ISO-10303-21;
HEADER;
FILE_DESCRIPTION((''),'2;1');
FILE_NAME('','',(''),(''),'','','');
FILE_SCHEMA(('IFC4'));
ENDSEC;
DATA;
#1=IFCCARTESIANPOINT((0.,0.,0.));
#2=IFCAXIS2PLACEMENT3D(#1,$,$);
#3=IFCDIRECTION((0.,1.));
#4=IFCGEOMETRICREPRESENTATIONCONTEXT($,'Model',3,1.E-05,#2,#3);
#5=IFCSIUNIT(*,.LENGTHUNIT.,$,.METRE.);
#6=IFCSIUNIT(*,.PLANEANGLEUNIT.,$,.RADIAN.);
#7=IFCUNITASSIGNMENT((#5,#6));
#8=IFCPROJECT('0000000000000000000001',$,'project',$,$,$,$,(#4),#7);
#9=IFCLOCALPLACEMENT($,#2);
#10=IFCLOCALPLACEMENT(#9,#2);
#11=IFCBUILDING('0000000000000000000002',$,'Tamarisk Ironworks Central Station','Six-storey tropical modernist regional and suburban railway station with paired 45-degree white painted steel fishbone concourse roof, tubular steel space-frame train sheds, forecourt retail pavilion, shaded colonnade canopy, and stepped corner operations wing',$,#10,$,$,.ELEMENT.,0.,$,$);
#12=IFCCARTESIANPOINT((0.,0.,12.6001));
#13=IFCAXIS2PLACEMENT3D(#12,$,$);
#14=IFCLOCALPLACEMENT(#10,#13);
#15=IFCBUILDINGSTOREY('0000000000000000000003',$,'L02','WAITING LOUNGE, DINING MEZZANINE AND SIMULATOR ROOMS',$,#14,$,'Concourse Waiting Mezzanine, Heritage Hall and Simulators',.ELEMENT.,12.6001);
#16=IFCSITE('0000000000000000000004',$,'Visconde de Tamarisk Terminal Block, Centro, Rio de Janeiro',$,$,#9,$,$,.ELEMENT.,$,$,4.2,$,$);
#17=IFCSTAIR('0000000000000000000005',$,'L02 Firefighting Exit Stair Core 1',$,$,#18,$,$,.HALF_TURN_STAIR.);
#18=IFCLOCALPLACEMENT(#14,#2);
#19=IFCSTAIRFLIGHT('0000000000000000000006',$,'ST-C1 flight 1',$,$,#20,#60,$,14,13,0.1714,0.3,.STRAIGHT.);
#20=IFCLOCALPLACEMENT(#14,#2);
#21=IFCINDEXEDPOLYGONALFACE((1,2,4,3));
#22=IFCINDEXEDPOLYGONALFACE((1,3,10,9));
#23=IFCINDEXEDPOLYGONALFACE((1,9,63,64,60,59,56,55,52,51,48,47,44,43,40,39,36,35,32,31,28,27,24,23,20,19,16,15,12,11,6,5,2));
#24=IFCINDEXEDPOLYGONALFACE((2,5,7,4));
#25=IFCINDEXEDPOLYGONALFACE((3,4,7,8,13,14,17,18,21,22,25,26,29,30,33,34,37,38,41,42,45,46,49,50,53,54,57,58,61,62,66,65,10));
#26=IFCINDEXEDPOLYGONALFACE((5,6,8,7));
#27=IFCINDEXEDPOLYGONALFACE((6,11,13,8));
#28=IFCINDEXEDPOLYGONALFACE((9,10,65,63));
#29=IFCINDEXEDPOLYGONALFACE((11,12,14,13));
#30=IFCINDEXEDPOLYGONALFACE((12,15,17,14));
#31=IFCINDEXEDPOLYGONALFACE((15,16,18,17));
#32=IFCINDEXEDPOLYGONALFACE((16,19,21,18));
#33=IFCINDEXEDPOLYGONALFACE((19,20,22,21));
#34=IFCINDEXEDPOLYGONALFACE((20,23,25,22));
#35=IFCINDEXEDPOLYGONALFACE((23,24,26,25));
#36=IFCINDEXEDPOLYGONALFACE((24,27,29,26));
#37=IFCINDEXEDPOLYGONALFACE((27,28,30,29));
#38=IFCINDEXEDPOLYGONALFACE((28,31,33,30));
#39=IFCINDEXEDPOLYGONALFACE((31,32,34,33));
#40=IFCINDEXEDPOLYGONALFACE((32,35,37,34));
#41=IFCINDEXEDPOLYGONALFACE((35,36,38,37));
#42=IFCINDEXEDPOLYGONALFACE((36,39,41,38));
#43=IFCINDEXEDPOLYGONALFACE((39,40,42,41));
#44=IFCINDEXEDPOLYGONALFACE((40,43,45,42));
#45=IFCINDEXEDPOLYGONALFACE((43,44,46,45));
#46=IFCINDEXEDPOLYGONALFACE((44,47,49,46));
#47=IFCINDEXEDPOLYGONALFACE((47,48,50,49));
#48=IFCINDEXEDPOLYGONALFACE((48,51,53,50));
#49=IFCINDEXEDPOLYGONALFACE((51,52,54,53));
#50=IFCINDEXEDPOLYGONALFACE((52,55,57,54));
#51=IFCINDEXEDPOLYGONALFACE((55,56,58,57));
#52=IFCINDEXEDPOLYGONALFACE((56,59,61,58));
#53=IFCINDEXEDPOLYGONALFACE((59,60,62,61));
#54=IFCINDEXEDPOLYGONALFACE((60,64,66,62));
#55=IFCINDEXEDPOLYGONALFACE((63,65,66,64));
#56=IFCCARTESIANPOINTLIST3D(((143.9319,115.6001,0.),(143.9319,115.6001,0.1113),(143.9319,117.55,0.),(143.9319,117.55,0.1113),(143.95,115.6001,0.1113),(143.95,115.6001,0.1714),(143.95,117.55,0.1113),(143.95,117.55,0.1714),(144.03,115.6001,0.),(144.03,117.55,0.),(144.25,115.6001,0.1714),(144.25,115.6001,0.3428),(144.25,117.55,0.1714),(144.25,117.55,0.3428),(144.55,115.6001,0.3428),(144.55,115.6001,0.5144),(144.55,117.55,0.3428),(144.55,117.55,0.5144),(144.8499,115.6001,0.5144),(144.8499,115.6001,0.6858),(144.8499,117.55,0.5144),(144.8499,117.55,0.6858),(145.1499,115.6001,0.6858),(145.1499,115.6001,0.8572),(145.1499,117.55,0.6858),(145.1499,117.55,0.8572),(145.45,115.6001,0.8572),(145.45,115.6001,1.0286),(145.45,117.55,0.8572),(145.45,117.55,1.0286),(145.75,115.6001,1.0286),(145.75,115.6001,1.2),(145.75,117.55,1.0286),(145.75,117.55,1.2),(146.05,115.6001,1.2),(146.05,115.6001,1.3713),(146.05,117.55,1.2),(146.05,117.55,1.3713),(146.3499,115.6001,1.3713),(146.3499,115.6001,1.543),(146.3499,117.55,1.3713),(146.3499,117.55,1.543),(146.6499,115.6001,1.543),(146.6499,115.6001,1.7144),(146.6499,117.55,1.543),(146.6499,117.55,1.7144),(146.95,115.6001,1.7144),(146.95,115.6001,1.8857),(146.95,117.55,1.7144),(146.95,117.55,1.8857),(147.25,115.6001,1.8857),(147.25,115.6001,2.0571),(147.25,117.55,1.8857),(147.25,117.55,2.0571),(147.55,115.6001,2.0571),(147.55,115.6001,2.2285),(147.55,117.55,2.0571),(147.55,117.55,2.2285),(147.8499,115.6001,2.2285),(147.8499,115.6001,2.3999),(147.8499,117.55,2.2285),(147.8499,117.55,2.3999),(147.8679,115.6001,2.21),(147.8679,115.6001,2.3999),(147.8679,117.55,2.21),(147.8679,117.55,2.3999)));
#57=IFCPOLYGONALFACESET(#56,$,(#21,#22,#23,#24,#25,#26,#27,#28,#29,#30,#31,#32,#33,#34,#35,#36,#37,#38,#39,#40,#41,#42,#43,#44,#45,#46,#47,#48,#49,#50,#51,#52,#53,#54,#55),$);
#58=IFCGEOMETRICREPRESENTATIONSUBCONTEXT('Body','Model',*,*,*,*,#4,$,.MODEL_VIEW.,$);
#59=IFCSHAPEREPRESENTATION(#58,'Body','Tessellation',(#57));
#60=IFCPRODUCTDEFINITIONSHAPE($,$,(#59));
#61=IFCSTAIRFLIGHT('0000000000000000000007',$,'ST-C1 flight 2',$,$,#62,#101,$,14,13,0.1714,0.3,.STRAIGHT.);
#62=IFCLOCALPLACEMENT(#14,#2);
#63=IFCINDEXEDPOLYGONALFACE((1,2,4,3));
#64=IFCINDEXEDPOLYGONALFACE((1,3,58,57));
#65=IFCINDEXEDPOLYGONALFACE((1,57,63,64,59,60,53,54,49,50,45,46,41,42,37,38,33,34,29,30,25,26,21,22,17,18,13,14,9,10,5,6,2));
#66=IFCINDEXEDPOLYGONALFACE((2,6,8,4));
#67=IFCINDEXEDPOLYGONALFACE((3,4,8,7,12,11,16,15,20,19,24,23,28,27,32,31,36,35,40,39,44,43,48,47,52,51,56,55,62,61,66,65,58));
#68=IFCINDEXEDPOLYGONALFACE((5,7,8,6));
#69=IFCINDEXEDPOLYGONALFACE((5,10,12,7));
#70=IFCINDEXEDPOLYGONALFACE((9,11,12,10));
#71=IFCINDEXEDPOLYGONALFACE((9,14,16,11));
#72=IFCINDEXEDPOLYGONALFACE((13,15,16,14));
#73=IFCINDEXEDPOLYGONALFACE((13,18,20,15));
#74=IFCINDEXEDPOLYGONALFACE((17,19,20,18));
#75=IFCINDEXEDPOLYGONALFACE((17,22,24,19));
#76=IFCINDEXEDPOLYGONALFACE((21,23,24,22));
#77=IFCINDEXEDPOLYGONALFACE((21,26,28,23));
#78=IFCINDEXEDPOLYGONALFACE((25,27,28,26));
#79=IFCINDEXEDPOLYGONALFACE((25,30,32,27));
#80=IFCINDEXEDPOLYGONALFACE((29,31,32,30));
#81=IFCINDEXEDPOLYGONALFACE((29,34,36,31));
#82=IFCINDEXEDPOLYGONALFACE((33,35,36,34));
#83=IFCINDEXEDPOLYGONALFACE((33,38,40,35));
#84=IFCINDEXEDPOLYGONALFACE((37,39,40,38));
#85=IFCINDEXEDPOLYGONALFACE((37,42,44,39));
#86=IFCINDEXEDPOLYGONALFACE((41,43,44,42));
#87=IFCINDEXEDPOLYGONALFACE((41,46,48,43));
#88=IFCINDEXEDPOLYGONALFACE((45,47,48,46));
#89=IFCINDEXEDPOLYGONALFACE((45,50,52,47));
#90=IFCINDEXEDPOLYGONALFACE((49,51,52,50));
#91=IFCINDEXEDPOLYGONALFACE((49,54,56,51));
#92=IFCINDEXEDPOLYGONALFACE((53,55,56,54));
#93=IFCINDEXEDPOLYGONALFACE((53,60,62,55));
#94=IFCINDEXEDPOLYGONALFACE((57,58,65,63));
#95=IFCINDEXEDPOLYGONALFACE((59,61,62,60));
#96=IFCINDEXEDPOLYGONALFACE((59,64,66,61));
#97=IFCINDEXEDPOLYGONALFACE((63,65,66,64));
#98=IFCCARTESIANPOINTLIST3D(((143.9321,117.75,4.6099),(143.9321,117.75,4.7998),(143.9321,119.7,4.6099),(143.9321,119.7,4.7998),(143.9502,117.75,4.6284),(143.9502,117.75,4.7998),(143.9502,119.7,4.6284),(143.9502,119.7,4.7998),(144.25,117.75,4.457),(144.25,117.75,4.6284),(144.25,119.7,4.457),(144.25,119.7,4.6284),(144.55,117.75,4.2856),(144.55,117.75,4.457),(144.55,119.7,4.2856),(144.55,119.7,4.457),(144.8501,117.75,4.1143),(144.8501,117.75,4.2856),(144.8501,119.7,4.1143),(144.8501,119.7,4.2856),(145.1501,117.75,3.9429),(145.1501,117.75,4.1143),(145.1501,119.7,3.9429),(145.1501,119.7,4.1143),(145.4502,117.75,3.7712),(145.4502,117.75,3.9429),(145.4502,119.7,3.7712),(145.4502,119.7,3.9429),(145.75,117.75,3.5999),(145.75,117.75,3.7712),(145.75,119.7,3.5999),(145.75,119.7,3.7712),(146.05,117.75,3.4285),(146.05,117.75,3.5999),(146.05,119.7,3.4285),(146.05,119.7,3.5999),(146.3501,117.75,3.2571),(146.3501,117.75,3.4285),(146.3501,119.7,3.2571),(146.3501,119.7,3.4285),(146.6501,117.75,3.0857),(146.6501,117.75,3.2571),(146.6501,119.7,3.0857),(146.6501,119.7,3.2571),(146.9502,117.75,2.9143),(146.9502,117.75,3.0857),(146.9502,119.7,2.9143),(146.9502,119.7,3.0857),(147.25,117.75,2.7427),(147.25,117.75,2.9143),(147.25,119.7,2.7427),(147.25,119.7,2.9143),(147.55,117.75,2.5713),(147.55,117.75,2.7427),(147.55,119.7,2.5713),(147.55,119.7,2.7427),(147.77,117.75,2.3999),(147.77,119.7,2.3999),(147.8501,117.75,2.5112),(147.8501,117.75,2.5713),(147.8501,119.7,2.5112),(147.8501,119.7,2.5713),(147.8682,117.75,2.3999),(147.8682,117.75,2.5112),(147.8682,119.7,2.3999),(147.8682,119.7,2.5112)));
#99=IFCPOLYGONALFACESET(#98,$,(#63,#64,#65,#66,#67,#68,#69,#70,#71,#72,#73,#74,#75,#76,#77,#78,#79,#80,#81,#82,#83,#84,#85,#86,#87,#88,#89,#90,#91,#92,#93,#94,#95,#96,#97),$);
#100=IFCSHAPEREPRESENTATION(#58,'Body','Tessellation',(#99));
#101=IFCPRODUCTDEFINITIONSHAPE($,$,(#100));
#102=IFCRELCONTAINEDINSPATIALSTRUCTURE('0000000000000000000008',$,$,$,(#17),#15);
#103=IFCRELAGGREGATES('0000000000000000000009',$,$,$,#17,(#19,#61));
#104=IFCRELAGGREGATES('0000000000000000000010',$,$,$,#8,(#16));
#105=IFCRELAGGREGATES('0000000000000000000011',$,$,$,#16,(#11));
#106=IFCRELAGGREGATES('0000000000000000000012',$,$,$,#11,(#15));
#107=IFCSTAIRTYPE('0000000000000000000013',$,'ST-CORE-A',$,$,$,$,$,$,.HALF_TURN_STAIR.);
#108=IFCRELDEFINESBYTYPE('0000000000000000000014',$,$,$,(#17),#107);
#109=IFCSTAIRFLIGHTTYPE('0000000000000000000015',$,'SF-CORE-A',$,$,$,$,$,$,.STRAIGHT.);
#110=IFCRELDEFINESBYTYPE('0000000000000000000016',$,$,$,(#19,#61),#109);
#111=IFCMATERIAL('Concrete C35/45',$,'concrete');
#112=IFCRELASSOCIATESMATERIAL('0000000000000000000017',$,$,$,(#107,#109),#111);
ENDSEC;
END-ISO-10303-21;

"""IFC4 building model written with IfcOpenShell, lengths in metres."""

from ifc_helpers import new_model, si_unit, direction, frame, origin, place, context, subcontext, project, spatial, polyline, outline, extrude, material, type_object, element, aggregate, save


model = new_model("IFC4")

# Units and contexts
model_context = context("Model", 3, precision=1e-05, world=origin(), true_north=direction((0.0, 1.0)))
body_context = subcontext(model_context, "Body", "Model", "MODEL_VIEW")
ifc_project = project(units=[si_unit("LENGTHUNIT", "METRE"), si_unit("PLANEANGLEUNIT", "RADIAN")], contexts=[model_context])

# Site, building, storey
site_placement = place(None, origin())
site = spatial("IfcSite", under=ifc_project, at=site_placement, Name="Visconde de Tamarisk Terminal Block, Centro, Rio de Janeiro", CompositionType="ELEMENT", RefElevation=4.2)
building_placement = place(site_placement, origin())
building = spatial("IfcBuilding", under=site, at=building_placement, Name="Tamarisk Ironworks Central Station", Description="Six-storey tropical modernist regional and suburban railway station with paired 45-degree white painted steel fishbone concourse roof, tubular steel space-frame train sheds, forecourt retail pavilion, shaded colonnade canopy, and stepped corner operations wing", CompositionType="ELEMENT", ElevationOfRefHeight=0.0)
storey_placement = place(building_placement, frame((0.0, 0.0, 12.6001)))
storey = spatial("IfcBuildingStorey", under=building, at=storey_placement, Name="L02", Description="WAITING LOUNGE, DINING MEZZANINE AND SIMULATOR ROOMS", LongName="Concourse Waiting Mezzanine, Heritage Hall and Simulators", CompositionType="ELEMENT", Elevation=12.6001)

# Stair, stair flights
ifc_material_1 = material(Name="Concrete C35/45", Category="concrete")
stair_type = type_object("IfcStairType", Name="ST-CORE-A", PredefinedType="HALF_TURN_STAIR", material=ifc_material_1)
stair_placement = place(storey_placement, origin())
stair = element("IfcStair", 1, at=stair_placement, inside=storey, type_object=stair_type, Name="L02 Firefighting Exit Stair Core 1", PredefinedType="HALF_TURN_STAIR")
stair_flight_type = type_object("IfcStairFlightType", Name="SF-CORE-A", PredefinedType="STRAIGHT", material=ifc_material_1)
stair_flight_1_placement = place(storey_placement, frame((143.95, 116.575, 0.0), z_axis=(0.0, 0.0, 1.0), x_axis=(1.0, 0.0, 0.0)))
stair_flight_1 = element("IfcStairFlight", 2, at=stair_flight_1_placement, type_object=stair_flight_type, Name="ST-C1 flight 1", NumberOfRisers=14, NumberOfTreads=13, PredefinedType="STRAIGHT", RiserHeight=0.1714, TreadLength=0.3, context=body_context, shape_type="SweptSolid", body=[
    extrude(outline(polyline([(-0.0181, 0.0), (-0.0181, 0.1113), (0.0, 0.1113), (0.0, 0.1714), (0.3, 0.1714), (0.3, 0.3428), (0.6001, 0.3428), (0.6001, 0.5144), (0.8999, 0.5144), (0.8999, 0.6858), (1.2, 0.6858), (1.2, 0.8572), (1.5, 0.8572), (1.5, 1.0286), (1.8, 1.0286), (1.8, 1.2), (2.1001, 1.2), (2.1001, 1.3713), (2.3999, 1.3713), (2.3999, 1.543), (2.7, 1.543), (2.7, 1.7144), (3.0, 1.7144), (3.0, 1.8857), (3.3, 1.8857), (3.3, 2.0571), (3.6001, 2.0571), (3.6001, 2.2285), (3.8999, 2.2285), (3.8999, 2.3999), (3.918, 2.3999), (3.918, 2.21), (0.0801, 0.0), (-0.0181, 0.0)])), frame((0.0, 0.9751, 0.0), z_axis=(0.0, -1.0, 0.0), x_axis=(1.0, 0.0, 0.0)), (0.0, 0.0, 1.0), 1.95),
])
stair_flight_2_placement = place(storey_placement, frame((147.8501, 118.7251, 2.3999), z_axis=(0.0, 0.0, 1.0), x_axis=(-1.0, 0.0, 0.0)))
stair_flight_2 = element("IfcStairFlight", 3, at=stair_flight_2_placement, type_object=stair_flight_type, Name="ST-C1 flight 2", NumberOfRisers=14, NumberOfTreads=13, PredefinedType="STRAIGHT", RiserHeight=0.1714, TreadLength=0.3, context=body_context, shape_type="SweptSolid", body=[
    extrude(outline(polyline([(-0.0181, 0.0), (-0.0181, 0.1113), (0.0, 0.1113), (0.0, 0.1714), (0.3, 0.1714), (0.3, 0.3428), (0.6001, 0.3428), (0.6001, 0.5144), (0.8999, 0.5144), (0.8999, 0.6858), (1.2, 0.6858), (1.2, 0.8572), (1.5, 0.8572), (1.5, 1.0286), (1.8, 1.0286), (1.8, 1.2), (2.1001, 1.2), (2.1001, 1.3713), (2.3999, 1.3713), (2.3999, 1.543), (2.7, 1.543), (2.7, 1.7144), (3.0, 1.7144), (3.0, 1.8857), (3.3, 1.8857), (3.3, 2.0571), (3.6001, 2.0571), (3.6001, 2.2285), (3.8999, 2.2285), (3.8999, 2.3999), (3.918, 2.3999), (3.918, 2.21), (0.0801, 0.0), (-0.0181, 0.0)])), frame((0.0, 0.9751, 0.0), z_axis=(0.0, -1.0, 0.0), x_axis=(1.0, 0.0, 0.0)), (0.0, 0.0, 1.0), 1.95),
])
aggregate(stair, [stair_flight_1, stair_flight_2])

save(model, "model.ifc")
